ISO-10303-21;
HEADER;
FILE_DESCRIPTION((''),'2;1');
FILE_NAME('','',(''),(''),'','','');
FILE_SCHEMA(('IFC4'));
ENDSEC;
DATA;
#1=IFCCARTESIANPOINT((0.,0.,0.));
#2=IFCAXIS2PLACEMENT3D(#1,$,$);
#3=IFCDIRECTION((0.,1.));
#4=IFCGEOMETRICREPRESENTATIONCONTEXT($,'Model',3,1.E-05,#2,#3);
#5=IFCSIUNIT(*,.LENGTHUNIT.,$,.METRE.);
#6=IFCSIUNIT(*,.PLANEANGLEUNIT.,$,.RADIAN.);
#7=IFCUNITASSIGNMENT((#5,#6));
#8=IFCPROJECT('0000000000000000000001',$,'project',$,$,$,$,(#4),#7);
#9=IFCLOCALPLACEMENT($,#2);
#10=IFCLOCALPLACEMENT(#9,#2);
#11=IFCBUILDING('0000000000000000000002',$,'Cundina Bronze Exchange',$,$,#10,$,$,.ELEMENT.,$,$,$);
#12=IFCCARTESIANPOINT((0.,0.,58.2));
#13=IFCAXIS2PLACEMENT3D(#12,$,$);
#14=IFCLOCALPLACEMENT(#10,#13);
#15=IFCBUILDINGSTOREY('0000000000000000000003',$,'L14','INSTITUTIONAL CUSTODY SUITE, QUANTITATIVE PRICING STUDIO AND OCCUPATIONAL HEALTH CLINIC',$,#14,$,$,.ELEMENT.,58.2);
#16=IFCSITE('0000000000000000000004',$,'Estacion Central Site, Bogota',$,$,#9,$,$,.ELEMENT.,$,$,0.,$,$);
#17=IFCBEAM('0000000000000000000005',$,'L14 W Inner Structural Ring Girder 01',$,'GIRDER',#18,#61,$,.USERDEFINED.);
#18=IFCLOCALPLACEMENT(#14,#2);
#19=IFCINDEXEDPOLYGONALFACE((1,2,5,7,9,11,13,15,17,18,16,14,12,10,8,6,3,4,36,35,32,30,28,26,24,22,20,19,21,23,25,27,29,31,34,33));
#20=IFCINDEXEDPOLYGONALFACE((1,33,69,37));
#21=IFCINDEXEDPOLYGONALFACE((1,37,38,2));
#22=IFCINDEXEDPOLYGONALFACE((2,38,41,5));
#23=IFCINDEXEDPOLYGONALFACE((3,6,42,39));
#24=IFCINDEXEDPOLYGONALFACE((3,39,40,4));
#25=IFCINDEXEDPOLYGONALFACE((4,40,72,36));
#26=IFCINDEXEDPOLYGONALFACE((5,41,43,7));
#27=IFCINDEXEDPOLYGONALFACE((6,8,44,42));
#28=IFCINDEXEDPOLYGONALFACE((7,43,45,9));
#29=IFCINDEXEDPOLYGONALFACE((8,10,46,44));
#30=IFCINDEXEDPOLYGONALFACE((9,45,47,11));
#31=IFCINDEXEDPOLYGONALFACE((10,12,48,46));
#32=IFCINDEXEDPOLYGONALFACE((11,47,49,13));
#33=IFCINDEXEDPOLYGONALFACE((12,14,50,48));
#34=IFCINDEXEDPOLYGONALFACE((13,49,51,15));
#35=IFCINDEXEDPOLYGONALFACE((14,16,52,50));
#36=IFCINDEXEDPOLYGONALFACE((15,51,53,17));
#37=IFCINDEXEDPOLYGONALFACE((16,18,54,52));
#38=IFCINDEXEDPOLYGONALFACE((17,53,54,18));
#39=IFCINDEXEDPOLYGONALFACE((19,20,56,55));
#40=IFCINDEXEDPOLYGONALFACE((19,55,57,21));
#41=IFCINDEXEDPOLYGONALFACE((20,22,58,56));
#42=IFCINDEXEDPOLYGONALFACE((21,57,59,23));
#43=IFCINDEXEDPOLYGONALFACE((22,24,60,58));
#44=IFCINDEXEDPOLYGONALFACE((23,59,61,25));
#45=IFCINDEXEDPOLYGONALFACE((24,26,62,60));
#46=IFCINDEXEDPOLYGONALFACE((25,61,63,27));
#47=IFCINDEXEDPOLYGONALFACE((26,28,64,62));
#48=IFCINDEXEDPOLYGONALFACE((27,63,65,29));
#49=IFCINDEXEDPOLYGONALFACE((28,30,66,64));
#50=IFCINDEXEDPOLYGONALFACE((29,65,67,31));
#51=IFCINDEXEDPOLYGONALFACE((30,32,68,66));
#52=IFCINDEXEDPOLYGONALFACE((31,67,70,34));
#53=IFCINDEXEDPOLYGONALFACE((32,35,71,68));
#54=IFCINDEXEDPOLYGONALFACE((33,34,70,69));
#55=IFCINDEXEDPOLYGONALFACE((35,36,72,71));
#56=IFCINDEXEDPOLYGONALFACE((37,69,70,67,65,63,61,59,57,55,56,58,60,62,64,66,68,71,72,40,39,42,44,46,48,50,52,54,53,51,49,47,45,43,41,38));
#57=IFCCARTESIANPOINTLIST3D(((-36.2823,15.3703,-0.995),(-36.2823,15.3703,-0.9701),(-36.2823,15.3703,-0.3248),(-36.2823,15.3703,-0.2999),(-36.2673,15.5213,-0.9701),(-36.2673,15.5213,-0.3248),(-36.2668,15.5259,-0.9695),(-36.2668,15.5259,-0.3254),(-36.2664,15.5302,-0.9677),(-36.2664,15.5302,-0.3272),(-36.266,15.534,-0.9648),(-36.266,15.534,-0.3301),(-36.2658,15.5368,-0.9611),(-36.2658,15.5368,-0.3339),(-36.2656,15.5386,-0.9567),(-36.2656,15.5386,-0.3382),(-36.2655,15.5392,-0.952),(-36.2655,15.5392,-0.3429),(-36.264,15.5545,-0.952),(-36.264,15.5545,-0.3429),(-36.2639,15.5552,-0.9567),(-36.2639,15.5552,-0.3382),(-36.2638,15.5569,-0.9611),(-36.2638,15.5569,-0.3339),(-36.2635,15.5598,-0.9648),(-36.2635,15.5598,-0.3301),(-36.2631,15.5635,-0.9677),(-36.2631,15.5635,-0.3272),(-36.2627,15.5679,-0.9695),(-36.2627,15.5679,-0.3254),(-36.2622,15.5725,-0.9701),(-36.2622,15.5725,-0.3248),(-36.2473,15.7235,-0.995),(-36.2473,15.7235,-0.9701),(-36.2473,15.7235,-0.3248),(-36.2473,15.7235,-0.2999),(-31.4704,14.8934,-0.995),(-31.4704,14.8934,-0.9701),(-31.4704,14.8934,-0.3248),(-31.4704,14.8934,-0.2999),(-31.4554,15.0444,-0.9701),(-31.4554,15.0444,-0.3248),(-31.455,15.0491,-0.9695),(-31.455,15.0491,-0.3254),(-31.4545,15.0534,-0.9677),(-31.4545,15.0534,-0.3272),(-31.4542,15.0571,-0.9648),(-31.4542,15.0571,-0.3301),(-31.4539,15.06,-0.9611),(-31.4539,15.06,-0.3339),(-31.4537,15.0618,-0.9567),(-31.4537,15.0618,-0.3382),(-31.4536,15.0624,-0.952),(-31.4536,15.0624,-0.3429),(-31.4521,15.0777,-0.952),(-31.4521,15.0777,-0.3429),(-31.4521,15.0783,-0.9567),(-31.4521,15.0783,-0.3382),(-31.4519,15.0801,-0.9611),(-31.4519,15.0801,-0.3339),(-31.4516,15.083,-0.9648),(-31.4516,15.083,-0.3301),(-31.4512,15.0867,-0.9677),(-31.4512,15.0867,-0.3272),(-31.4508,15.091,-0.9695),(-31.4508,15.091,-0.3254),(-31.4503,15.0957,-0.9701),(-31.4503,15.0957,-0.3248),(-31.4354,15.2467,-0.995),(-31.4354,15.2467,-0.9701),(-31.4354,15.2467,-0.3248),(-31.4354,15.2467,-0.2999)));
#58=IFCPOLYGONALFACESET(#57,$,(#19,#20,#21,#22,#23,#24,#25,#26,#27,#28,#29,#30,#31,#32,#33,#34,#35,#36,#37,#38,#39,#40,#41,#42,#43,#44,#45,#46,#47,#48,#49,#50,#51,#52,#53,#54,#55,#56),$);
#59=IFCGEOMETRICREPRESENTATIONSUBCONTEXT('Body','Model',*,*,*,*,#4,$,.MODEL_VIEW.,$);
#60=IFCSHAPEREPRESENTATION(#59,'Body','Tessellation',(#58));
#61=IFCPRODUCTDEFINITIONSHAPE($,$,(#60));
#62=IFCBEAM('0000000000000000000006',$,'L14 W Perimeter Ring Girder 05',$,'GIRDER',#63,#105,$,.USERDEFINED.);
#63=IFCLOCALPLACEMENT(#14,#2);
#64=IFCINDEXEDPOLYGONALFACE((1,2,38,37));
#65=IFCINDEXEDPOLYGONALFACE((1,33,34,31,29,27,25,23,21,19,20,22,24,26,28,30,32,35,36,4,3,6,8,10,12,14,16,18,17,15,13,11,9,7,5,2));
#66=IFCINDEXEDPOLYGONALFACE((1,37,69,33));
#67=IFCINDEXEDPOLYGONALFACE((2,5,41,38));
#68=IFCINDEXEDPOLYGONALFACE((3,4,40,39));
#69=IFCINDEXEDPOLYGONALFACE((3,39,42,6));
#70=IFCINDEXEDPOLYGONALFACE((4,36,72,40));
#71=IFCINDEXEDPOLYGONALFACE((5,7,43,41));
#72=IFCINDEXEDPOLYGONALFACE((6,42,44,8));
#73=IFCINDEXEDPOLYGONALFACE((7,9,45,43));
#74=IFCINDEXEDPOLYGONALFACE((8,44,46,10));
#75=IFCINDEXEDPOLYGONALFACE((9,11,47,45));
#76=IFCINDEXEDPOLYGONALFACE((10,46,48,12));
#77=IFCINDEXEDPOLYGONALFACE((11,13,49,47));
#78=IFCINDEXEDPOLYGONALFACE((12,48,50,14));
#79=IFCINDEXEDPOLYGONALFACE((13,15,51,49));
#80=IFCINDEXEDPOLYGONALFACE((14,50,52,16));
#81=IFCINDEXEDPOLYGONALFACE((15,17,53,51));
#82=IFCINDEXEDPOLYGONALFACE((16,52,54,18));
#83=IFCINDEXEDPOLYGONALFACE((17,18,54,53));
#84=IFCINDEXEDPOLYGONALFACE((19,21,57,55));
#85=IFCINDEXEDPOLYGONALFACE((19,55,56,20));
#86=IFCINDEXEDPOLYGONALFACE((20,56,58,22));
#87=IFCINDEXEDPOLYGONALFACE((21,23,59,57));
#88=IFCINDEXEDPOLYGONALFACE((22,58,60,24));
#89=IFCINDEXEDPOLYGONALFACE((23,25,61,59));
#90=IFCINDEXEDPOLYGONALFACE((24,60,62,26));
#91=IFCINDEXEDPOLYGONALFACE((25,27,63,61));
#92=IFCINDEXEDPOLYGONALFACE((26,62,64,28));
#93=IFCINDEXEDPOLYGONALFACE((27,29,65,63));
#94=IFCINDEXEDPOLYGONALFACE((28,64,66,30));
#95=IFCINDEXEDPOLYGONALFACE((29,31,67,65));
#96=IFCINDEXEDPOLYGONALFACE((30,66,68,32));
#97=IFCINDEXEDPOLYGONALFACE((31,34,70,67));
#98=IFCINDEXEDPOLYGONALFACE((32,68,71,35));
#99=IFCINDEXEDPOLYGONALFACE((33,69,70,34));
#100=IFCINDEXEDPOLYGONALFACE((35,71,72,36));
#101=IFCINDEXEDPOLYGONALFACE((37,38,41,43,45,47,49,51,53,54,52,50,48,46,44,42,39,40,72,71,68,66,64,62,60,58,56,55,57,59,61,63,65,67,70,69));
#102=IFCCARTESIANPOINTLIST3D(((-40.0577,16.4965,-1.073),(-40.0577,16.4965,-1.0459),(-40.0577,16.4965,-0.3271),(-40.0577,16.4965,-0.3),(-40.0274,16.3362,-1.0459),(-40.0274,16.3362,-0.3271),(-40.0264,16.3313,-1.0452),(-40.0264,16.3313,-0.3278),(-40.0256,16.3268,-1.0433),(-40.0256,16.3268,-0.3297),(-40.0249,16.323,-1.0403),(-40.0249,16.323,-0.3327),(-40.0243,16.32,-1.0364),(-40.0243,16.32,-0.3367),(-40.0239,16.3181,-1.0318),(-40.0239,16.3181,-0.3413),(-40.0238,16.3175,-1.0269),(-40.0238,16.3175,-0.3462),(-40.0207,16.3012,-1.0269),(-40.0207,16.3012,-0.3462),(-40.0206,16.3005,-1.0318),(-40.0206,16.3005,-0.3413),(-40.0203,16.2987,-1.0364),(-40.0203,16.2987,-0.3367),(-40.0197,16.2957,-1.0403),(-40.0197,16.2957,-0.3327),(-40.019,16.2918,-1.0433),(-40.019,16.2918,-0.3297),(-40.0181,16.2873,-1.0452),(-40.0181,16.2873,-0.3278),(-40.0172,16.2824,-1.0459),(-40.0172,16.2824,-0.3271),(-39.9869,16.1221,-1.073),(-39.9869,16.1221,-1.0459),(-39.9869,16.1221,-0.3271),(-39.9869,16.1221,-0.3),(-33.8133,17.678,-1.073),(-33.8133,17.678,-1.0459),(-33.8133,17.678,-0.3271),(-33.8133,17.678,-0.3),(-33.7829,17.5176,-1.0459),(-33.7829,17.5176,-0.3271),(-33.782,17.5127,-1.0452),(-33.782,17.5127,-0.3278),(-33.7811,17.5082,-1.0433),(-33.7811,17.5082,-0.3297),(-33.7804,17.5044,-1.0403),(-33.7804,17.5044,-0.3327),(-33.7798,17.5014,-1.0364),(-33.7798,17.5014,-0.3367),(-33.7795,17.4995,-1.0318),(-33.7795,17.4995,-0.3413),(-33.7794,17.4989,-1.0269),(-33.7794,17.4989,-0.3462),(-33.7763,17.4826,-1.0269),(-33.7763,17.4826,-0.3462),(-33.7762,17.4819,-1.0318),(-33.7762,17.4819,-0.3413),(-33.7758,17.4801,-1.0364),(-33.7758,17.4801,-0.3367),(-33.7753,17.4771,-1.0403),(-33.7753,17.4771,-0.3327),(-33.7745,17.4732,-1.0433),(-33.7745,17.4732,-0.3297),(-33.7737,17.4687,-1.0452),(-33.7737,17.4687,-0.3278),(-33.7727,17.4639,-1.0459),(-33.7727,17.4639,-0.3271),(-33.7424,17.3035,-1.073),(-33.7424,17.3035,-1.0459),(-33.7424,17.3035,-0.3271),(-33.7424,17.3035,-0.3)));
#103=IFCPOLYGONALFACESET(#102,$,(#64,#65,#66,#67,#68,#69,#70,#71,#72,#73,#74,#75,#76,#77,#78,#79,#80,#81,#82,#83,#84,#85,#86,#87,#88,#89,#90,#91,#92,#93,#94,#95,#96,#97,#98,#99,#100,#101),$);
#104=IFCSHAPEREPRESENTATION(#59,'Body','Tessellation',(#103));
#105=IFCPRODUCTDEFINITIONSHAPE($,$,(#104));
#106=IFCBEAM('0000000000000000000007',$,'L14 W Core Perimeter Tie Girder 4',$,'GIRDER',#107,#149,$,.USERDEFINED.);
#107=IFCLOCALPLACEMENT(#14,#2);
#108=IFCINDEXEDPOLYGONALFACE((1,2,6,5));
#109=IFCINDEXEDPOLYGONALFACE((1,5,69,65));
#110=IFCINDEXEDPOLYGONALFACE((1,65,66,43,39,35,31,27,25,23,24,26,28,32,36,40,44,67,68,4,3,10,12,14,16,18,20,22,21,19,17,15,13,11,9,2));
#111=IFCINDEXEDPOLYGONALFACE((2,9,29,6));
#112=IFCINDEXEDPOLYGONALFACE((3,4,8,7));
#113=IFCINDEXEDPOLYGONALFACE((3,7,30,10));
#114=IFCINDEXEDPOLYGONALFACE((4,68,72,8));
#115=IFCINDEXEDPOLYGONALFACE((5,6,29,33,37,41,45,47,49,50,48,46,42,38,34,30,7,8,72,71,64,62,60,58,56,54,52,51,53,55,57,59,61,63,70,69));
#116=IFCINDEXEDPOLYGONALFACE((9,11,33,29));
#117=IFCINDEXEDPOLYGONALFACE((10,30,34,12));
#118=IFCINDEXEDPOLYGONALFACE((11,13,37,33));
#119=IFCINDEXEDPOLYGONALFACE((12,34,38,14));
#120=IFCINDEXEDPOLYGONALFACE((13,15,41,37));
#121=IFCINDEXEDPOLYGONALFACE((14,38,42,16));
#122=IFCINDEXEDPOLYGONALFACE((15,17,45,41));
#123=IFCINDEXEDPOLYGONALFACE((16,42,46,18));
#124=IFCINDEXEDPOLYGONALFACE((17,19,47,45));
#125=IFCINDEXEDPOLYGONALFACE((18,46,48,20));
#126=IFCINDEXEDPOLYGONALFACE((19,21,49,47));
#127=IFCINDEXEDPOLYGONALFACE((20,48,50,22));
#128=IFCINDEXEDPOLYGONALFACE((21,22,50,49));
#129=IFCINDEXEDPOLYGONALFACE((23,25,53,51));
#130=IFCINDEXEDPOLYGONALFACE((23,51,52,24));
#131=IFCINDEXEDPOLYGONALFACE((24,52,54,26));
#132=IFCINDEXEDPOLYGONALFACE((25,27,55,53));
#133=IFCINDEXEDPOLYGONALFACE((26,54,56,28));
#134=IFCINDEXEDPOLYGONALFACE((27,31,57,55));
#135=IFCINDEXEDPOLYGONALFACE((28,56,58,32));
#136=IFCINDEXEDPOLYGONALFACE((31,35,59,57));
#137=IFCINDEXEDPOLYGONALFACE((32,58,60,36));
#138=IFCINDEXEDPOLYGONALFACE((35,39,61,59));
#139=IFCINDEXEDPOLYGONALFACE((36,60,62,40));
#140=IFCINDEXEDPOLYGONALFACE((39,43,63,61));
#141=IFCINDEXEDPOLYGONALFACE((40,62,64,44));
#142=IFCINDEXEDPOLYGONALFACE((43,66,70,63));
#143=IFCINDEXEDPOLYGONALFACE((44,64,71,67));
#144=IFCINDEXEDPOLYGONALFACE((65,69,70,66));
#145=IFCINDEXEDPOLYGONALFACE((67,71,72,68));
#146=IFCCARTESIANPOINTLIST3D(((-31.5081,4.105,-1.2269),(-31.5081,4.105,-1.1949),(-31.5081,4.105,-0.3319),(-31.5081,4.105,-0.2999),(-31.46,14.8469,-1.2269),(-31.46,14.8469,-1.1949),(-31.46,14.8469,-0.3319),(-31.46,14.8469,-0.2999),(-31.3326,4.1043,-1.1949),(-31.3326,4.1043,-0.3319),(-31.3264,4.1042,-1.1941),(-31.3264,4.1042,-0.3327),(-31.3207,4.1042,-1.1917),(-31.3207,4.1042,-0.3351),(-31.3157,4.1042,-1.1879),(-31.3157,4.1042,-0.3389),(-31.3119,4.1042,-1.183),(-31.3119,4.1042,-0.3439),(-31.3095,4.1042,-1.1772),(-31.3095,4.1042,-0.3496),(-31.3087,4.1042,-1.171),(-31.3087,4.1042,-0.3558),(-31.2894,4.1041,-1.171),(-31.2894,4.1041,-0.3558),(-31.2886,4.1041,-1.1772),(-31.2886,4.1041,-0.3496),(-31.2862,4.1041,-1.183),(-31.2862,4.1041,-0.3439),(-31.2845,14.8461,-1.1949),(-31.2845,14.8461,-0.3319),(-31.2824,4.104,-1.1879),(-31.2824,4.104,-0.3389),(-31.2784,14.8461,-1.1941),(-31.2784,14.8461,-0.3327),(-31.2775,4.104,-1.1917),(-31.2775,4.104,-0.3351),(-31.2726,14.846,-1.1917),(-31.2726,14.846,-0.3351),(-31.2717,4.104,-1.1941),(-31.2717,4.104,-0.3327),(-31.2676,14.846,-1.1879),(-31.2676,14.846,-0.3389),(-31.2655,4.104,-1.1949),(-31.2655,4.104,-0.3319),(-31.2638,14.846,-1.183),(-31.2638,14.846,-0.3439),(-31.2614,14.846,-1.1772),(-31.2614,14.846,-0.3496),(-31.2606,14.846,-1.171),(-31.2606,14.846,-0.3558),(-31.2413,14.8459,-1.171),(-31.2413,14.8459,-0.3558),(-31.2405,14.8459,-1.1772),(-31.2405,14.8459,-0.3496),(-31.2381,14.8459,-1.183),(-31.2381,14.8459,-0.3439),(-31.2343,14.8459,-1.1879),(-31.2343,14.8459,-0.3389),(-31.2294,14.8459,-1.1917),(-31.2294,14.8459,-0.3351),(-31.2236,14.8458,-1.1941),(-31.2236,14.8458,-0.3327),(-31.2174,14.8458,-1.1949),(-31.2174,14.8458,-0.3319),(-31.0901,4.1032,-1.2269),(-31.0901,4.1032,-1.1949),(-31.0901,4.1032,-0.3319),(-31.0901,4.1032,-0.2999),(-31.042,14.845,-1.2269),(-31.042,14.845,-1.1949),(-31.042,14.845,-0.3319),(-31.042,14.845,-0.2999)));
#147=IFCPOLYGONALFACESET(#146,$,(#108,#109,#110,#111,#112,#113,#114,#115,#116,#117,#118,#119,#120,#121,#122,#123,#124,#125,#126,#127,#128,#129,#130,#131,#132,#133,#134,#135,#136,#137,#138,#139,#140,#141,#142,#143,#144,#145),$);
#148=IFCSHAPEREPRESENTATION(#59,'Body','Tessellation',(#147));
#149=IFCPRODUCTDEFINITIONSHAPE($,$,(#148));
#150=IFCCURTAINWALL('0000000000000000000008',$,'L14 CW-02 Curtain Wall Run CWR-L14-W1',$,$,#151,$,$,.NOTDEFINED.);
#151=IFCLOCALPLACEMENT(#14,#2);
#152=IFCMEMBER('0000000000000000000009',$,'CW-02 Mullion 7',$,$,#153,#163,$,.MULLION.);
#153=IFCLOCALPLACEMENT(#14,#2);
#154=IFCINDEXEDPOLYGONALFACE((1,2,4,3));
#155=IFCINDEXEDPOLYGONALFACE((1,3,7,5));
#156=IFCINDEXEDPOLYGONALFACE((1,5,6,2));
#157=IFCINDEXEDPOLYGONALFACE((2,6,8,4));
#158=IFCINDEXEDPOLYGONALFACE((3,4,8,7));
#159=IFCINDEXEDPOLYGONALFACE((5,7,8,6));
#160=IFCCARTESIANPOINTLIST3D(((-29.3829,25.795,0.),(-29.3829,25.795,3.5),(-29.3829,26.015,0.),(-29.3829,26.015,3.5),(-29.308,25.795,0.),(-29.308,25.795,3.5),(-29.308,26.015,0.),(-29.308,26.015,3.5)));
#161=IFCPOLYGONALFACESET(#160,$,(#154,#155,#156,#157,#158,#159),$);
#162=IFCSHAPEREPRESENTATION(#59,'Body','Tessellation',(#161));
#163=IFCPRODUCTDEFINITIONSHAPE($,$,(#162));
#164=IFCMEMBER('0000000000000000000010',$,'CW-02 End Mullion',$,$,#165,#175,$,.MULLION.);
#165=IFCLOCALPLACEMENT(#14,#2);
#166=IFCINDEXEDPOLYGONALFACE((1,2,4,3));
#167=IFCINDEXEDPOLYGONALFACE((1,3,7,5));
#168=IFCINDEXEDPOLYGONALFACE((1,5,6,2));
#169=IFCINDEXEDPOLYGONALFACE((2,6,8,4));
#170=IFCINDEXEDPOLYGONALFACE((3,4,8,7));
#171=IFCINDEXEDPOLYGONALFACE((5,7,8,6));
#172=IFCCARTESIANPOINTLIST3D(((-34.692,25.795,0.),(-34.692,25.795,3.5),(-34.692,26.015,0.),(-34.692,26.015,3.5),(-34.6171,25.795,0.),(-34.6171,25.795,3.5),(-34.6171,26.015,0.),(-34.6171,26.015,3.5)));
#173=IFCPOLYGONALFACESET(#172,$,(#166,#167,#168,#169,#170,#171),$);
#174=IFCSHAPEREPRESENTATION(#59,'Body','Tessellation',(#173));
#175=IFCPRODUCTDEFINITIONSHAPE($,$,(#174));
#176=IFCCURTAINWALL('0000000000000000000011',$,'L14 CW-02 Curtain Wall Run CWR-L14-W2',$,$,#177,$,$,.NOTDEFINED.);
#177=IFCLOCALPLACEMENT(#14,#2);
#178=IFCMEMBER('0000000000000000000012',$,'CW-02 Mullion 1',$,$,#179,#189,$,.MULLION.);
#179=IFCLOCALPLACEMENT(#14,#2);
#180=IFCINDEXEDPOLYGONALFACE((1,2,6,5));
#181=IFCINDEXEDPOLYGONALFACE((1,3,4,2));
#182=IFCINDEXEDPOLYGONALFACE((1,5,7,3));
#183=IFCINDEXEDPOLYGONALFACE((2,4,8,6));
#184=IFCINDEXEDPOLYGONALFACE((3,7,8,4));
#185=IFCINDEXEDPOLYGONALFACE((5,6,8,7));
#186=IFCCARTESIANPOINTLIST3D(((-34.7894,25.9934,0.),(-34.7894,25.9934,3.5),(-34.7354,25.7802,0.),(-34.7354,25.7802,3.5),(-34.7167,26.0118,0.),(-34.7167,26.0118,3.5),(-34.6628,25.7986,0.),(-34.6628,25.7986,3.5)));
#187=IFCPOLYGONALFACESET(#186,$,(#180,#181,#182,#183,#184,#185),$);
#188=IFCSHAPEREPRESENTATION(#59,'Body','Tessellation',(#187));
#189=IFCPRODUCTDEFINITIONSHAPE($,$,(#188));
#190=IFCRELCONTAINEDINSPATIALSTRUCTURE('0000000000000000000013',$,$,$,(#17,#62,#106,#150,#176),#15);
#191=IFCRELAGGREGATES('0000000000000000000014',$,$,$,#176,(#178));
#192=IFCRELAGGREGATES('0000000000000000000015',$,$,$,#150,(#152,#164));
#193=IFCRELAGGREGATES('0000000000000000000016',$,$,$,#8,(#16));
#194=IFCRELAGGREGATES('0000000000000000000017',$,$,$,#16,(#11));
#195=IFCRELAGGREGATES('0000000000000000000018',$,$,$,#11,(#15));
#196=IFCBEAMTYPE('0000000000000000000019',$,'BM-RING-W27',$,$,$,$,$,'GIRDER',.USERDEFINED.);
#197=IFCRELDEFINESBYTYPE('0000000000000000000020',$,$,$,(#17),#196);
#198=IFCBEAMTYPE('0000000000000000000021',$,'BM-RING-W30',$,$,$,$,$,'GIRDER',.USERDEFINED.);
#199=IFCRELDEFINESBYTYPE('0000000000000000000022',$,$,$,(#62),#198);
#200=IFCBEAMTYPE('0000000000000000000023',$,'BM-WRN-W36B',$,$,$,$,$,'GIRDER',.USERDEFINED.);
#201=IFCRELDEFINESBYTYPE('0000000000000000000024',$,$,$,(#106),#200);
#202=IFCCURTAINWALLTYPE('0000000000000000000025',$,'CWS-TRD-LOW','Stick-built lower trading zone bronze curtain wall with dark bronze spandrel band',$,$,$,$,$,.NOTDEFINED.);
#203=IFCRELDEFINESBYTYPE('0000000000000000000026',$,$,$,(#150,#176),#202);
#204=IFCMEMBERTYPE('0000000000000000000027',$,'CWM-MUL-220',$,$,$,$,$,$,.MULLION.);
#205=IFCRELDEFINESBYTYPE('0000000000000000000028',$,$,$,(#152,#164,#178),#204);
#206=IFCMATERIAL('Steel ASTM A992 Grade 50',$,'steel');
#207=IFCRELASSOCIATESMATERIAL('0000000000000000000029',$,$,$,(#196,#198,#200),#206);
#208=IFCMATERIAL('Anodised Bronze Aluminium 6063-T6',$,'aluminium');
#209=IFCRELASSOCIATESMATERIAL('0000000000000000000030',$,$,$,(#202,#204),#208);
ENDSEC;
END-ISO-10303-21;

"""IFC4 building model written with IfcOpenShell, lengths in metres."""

from ifc_helpers import new_model, si_unit, direction, frame, origin, origin_2d, place, context, subcontext, project, spatial, rectangle, i_section, extrude, material, material_profile, profile_set, type_object, element, aggregate, save


model = new_model("IFC4")

# Units and contexts
model_context = context("Model", 3, precision=1e-05, world=origin(), true_north=direction((0.0, 1.0)))
body_context = subcontext(model_context, "Body", "Model", "MODEL_VIEW")
ifc_project = project(units=[si_unit("LENGTHUNIT", "METRE"), si_unit("PLANEANGLEUNIT", "RADIAN")], contexts=[model_context])

# Site, building, storey
site_placement = place(None, origin())
site = spatial("IfcSite", under=ifc_project, at=site_placement, Name="Estacion Central Site, Bogota", CompositionType="ELEMENT", RefElevation=0.0)
building_placement = place(site_placement, origin())
building = spatial("IfcBuilding", under=site, at=building_placement, Name="Cundina Bronze Exchange", CompositionType="ELEMENT")
storey_placement = place(building_placement, frame((0.0, 0.0, 58.2)))
storey = spatial("IfcBuildingStorey", under=building, at=storey_placement, Name="L14", Description="INSTITUTIONAL CUSTODY SUITE, QUANTITATIVE PRICING STUDIO AND OCCUPATIONAL HEALTH CLINIC", CompositionType="ELEMENT", Elevation=58.2)

# Shared definitions
ifc_material_1 = material(Name="Steel ASTM A992 Grade 50", Category="steel")

# Beams
ifc_material_profile_1 = material_profile(ifc_material_1, i_section(OverallWidth=0.355, OverallDepth=0.6951, WebThickness=0.0154, FlangeThickness=0.0249, FilletRadius=0.0181, at=origin_2d()), Name="W27X146", Category="steel")
ifc_profile_set_1 = profile_set([ifc_material_profile_1], Name="Steel ASTM A992 Grade 50")
beam_type_1 = type_object("IfcBeamType", Name="BM-RING-W27", ElementType="GIRDER", PredefinedType="USERDEFINED", material=ifc_profile_set_1)
beam_1_placement = place(storey_placement, frame((-31.4529, 15.0701, -0.6475), z_axis=(-0.995126, 0.098609, 0.0), x_axis=(-0.098609, -0.995126, 0.0)))
element("IfcBeam", 1, at=beam_1_placement, inside=storey, type_object=beam_type_1, Name="L14 W Inner Structural Ring Girder 01", ObjectType="GIRDER", PredefinedType="USERDEFINED", context=body_context, shape_type="SweptSolid", body=[
    extrude(i_section(OverallWidth=0.355, OverallDepth=0.6951, WebThickness=0.0154, FlangeThickness=0.0249, FilletRadius=0.0181, at=origin_2d()), origin(), (0.0, 0.0, 1.0), 4.8354),
])
ifc_material_profile_2 = material_profile(ifc_material_1, i_section(OverallWidth=0.3811, OverallDepth=0.7729, WebThickness=0.0166, FlangeThickness=0.0271, FilletRadius=0.019, at=origin_2d()), Name="W30X173", Category="steel")
ifc_profile_set_2 = profile_set([ifc_material_profile_2], Name="Steel ASTM A992 Grade 50")
beam_type_2 = type_object("IfcBeamType", Name="BM-RING-W30", ElementType="GIRDER", PredefinedType="USERDEFINED", material=ifc_profile_set_2)
beam_2_placement = place(storey_placement, frame((-33.7778, 17.4907, -0.6865), z_axis=(-0.982569, -0.185896, 0.0), x_axis=(0.185896, -0.982569, 0.0)))
element("IfcBeam", 2, at=beam_2_placement, inside=storey, type_object=beam_type_2, Name="L14 W Perimeter Ring Girder 05", ObjectType="GIRDER", PredefinedType="USERDEFINED", context=body_context, shape_type="SweptSolid", body=[
    extrude(i_section(OverallWidth=0.3811, OverallDepth=0.7729, WebThickness=0.0166, FlangeThickness=0.0271, FilletRadius=0.019, at=origin_2d()), origin(), (0.0, 0.0, 1.0), 6.3552),
])
ifc_material_profile_3 = material_profile(ifc_material_1, i_section(OverallWidth=0.418, OverallDepth=0.927, WebThickness=0.0193, FlangeThickness=0.032, FilletRadius=0.0239, at=origin_2d()), Name="W36X231", Category="steel")
ifc_profile_set_3 = profile_set([ifc_material_profile_3], Name="Steel ASTM A992 Grade 50")
beam_type_3 = type_object("IfcBeamType", Name="BM-WRN-W36B", ElementType="GIRDER", PredefinedType="USERDEFINED", material=ifc_profile_set_3)
beam_3_placement = place(storey_placement, frame((-31.251, 14.8459, -0.7634), z_axis=(-0.004477, -0.99999, 0.0), x_axis=(0.99999, -0.004477, 0.0)))
element("IfcBeam", 3, at=beam_3_placement, inside=storey, type_object=beam_type_3, Name="L14 W Core Perimeter Tie Girder 4", ObjectType="GIRDER", PredefinedType="USERDEFINED", context=body_context, shape_type="SweptSolid", body=[
    extrude(i_section(OverallWidth=0.418, OverallDepth=0.927, WebThickness=0.0193, FlangeThickness=0.032, FilletRadius=0.0239, at=origin_2d()), origin(), (0.0, 0.0, 1.0), 10.7419),
])

# Curtain wall, members
ifc_material_2 = material(Name="Anodised Bronze Aluminium 6063-T6", Category="aluminium")
curtain_wall_type = type_object("IfcCurtainWallType", Name="CWS-TRD-LOW", Description="Stick-built lower trading zone bronze curtain wall with dark bronze spandrel band", PredefinedType="NOTDEFINED", material=ifc_material_2)
curtain_wall_1_placement = place(storey_placement, origin())
curtain_wall_1 = element("IfcCurtainWall", 4, at=curtain_wall_1_placement, inside=storey, type_object=curtain_wall_type, Name="L14 CW-02 Curtain Wall Run CWR-L14-W1", PredefinedType="NOTDEFINED")
ifc_material_profile_4 = material_profile(ifc_material_2, rectangle(XDim=0.075, YDim=0.22, at=origin_2d()), Name="AL75X220", Category="aluminium")
ifc_profile_set_4 = profile_set([ifc_material_profile_4], Name="Anodised Bronze Aluminium 6063-T6")
member_type_1 = type_object("IfcMemberType", Name="CWM-MUL-220", PredefinedType="MULLION", material=ifc_profile_set_4)
member_1_placement = place(storey_placement, frame((-29.3455, 25.905, 0.0), z_axis=(0.0, 0.0, 1.0), x_axis=(-1.0, 0.0, 0.0)))
member_1 = element("IfcMember", 5, at=member_1_placement, type_object=member_type_1, Name="CW-02 Mullion 7", PredefinedType="MULLION", context=body_context, shape_type="SweptSolid", body=[
    extrude(rectangle(XDim=0.075, YDim=0.22, at=origin_2d()), origin(), (0.0, 0.0, 1.0), 3.5),
])
member_2_placement = place(storey_placement, frame((-34.6545, 25.905, 0.0), z_axis=(0.0, 0.0, 1.0), x_axis=(-1.0, 0.0, 0.0)))
member_2 = element("IfcMember", 6, at=member_2_placement, type_object=member_type_1, Name="CW-02 End Mullion", PredefinedType="MULLION", context=body_context, shape_type="SweptSolid", body=[
    extrude(rectangle(XDim=0.075, YDim=0.22, at=origin_2d()), origin(), (0.0, 0.0, 1.0), 3.5),
])

# Curtain wall, member
curtain_wall_2_placement = place(storey_placement, origin())
curtain_wall_2 = element("IfcCurtainWall", 7, at=curtain_wall_2_placement, inside=storey, type_object=curtain_wall_type, Name="L14 CW-02 Curtain Wall Run CWR-L14-W2", PredefinedType="NOTDEFINED")
member_3_placement = place(storey_placement, frame((-34.7261, 25.896, 0.0), z_axis=(0.0, 0.0, 1.0), x_axis=(-0.969488, -0.245138, 0.0)))
member_3 = element("IfcMember", 8, at=member_3_placement, type_object=member_type_1, Name="CW-02 Mullion 1", PredefinedType="MULLION", context=body_context, shape_type="SweptSolid", body=[
    extrude(rectangle(XDim=0.075, YDim=0.22, at=origin_2d()), origin(), (0.0, 0.0, 1.0), 3.5),
])
aggregate(curtain_wall_2, [member_3])

aggregate(curtain_wall_1, [member_1, member_2])

save(model, "model.ifc")
